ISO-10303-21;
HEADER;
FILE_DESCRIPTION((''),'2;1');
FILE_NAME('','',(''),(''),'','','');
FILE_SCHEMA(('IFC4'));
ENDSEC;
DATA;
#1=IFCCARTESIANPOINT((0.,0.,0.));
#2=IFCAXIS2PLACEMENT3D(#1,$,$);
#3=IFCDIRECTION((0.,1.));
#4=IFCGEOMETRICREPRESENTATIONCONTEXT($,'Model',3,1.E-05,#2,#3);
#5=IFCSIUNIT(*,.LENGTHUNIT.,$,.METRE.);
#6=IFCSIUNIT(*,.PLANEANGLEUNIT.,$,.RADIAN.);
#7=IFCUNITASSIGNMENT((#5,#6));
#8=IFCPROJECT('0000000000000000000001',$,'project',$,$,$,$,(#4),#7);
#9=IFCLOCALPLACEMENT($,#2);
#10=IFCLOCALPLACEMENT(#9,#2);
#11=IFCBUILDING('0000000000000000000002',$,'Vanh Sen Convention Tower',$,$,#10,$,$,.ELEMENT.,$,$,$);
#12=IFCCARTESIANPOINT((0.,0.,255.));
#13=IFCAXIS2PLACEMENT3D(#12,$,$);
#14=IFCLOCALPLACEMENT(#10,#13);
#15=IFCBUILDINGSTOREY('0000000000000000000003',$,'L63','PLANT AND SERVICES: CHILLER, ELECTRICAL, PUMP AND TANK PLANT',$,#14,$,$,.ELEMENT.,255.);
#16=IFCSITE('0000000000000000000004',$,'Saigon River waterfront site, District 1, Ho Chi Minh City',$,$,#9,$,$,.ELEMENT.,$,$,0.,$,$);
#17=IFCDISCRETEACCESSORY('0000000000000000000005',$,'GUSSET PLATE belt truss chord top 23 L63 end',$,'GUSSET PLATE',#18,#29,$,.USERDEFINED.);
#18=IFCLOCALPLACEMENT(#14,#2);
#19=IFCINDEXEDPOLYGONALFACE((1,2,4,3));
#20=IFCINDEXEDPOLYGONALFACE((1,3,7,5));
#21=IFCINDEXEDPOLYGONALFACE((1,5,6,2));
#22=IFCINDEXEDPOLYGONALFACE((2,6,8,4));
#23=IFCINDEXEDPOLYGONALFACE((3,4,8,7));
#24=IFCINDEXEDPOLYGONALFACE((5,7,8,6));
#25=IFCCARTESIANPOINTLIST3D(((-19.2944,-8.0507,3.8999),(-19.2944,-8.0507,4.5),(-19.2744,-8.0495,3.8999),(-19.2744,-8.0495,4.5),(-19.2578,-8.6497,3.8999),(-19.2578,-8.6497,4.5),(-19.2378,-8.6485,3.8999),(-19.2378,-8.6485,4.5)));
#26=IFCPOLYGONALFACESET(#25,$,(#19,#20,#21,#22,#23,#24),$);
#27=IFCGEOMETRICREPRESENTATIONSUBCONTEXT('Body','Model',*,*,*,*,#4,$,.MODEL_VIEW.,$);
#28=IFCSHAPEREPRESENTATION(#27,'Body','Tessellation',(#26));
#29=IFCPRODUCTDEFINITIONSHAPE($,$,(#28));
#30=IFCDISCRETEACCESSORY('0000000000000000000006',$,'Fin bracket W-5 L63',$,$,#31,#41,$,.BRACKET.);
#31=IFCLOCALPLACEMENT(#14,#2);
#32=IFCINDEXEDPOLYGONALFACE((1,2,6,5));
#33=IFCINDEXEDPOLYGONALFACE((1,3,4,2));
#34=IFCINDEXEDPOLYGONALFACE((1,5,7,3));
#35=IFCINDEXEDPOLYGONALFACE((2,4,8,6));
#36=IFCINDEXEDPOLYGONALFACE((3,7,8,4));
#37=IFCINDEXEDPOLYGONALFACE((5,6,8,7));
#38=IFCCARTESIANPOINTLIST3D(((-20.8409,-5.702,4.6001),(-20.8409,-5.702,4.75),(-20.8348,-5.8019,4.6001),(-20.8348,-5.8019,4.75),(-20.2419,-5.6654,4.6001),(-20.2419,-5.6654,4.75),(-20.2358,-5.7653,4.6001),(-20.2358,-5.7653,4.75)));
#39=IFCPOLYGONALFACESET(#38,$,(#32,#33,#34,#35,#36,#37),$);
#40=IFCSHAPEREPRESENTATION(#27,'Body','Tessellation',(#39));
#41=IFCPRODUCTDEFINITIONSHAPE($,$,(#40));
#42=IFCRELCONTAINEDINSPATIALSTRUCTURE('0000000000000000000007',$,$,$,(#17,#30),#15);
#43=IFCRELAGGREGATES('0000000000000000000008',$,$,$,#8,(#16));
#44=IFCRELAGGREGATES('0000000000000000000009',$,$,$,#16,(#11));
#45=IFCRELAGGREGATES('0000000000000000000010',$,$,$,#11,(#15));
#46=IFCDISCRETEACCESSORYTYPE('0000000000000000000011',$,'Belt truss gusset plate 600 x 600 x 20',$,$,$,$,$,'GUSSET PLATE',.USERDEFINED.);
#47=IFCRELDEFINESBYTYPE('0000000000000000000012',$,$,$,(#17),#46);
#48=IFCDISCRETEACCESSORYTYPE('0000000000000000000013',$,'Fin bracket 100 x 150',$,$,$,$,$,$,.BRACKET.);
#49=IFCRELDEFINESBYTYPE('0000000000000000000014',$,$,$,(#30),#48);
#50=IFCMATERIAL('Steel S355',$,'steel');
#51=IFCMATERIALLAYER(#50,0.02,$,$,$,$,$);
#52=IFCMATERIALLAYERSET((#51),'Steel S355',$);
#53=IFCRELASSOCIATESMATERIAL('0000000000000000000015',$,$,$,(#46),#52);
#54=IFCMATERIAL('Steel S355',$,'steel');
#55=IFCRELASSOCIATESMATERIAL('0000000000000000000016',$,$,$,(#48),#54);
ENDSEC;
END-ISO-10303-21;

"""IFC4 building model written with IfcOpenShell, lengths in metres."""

from ifc_helpers import new_model, si_unit, direction, frame, origin, origin_2d, place, context, subcontext, project, spatial, rectangle, extrude, material, layer, layer_set, type_object, element, save


model = new_model("IFC4")

# Units and contexts
model_context = context("Model", 3, precision=1e-05, world=origin(), true_north=direction((0.0, 1.0)))
body_context = subcontext(model_context, "Body", "Model", "MODEL_VIEW")
ifc_project = project(units=[si_unit("LENGTHUNIT", "METRE"), si_unit("PLANEANGLEUNIT", "RADIAN")], contexts=[model_context])

# Site, building, storey
site_placement = place(None, origin())
site = spatial("IfcSite", under=ifc_project, at=site_placement, Name="Saigon River waterfront site, District 1, Ho Chi Minh City", CompositionType="ELEMENT", RefElevation=0.0)
building_placement = place(site_placement, origin())
building = spatial("IfcBuilding", under=site, at=building_placement, Name="Vanh Sen Convention Tower", CompositionType="ELEMENT")
storey_placement = place(building_placement, frame((0.0, 0.0, 255.0)))
storey = spatial("IfcBuildingStorey", under=building, at=storey_placement, Name="L63", Description="PLANT AND SERVICES: CHILLER, ELECTRICAL, PUMP AND TANK PLANT", CompositionType="ELEMENT", Elevation=255.0)

# Shared definitions
ifc_material_1 = material(Name="Steel S355", Category="steel")

# Discrete accessories
ifc_layer_1 = layer(ifc_material_1, 0.02)
ifc_layer_set_1 = layer_set([ifc_layer_1], Name="Steel S355")
discrete_accessory_type_1 = type_object("IfcDiscreteAccessoryType", Name="Belt truss gusset plate 600 x 600 x 20", ElementType="GUSSET PLATE", PredefinedType="USERDEFINED", material=ifc_layer_set_1)
for number, where, z_axis, x_axis, name in (
    (1, (-19.2661, -8.3496, 3.8999), (0.0, 0.0, 1.0), (-0.061069, 0.998134, 0.0), "GUSSET PLATE belt truss chord top 23 L63 end"),
):
    element("IfcDiscreteAccessory", number, at=place(storey_placement, frame(where, z_axis=z_axis, x_axis=x_axis)), inside=storey, type_object=discrete_accessory_type_1, Name=name, ObjectType="GUSSET PLATE", PredefinedType="USERDEFINED", context=body_context, shape_type="SweptSolid", body=[
        extrude(rectangle(XDim=0.6001, YDim=0.02, at=origin_2d()), origin(), (0.0, 0.0, 1.0), 0.6001),
    ])
ifc_material_2 = material(Name="Steel S355", Category="steel")
discrete_accessory_type_2 = type_object("IfcDiscreteAccessoryType", Name="Fin bracket 100 x 150", PredefinedType="BRACKET", material=ifc_material_2)
discrete_accessory_placement = place(storey_placement, frame((-20.5383, -5.7336, 4.6001), z_axis=(0.0, 0.0, 1.0), x_axis=(-0.998135, -0.061049, 0.0)))
element("IfcDiscreteAccessory", 2, at=discrete_accessory_placement, inside=storey, type_object=discrete_accessory_type_2, Name="Fin bracket W-5 L63", PredefinedType="BRACKET", context=body_context, shape_type="SweptSolid", body=[
    extrude(rectangle(XDim=0.6001, YDim=0.1001, at=origin_2d()), origin(), (0.0, 0.0, 1.0), 0.1499),
])

save(model, "model.ifc")
